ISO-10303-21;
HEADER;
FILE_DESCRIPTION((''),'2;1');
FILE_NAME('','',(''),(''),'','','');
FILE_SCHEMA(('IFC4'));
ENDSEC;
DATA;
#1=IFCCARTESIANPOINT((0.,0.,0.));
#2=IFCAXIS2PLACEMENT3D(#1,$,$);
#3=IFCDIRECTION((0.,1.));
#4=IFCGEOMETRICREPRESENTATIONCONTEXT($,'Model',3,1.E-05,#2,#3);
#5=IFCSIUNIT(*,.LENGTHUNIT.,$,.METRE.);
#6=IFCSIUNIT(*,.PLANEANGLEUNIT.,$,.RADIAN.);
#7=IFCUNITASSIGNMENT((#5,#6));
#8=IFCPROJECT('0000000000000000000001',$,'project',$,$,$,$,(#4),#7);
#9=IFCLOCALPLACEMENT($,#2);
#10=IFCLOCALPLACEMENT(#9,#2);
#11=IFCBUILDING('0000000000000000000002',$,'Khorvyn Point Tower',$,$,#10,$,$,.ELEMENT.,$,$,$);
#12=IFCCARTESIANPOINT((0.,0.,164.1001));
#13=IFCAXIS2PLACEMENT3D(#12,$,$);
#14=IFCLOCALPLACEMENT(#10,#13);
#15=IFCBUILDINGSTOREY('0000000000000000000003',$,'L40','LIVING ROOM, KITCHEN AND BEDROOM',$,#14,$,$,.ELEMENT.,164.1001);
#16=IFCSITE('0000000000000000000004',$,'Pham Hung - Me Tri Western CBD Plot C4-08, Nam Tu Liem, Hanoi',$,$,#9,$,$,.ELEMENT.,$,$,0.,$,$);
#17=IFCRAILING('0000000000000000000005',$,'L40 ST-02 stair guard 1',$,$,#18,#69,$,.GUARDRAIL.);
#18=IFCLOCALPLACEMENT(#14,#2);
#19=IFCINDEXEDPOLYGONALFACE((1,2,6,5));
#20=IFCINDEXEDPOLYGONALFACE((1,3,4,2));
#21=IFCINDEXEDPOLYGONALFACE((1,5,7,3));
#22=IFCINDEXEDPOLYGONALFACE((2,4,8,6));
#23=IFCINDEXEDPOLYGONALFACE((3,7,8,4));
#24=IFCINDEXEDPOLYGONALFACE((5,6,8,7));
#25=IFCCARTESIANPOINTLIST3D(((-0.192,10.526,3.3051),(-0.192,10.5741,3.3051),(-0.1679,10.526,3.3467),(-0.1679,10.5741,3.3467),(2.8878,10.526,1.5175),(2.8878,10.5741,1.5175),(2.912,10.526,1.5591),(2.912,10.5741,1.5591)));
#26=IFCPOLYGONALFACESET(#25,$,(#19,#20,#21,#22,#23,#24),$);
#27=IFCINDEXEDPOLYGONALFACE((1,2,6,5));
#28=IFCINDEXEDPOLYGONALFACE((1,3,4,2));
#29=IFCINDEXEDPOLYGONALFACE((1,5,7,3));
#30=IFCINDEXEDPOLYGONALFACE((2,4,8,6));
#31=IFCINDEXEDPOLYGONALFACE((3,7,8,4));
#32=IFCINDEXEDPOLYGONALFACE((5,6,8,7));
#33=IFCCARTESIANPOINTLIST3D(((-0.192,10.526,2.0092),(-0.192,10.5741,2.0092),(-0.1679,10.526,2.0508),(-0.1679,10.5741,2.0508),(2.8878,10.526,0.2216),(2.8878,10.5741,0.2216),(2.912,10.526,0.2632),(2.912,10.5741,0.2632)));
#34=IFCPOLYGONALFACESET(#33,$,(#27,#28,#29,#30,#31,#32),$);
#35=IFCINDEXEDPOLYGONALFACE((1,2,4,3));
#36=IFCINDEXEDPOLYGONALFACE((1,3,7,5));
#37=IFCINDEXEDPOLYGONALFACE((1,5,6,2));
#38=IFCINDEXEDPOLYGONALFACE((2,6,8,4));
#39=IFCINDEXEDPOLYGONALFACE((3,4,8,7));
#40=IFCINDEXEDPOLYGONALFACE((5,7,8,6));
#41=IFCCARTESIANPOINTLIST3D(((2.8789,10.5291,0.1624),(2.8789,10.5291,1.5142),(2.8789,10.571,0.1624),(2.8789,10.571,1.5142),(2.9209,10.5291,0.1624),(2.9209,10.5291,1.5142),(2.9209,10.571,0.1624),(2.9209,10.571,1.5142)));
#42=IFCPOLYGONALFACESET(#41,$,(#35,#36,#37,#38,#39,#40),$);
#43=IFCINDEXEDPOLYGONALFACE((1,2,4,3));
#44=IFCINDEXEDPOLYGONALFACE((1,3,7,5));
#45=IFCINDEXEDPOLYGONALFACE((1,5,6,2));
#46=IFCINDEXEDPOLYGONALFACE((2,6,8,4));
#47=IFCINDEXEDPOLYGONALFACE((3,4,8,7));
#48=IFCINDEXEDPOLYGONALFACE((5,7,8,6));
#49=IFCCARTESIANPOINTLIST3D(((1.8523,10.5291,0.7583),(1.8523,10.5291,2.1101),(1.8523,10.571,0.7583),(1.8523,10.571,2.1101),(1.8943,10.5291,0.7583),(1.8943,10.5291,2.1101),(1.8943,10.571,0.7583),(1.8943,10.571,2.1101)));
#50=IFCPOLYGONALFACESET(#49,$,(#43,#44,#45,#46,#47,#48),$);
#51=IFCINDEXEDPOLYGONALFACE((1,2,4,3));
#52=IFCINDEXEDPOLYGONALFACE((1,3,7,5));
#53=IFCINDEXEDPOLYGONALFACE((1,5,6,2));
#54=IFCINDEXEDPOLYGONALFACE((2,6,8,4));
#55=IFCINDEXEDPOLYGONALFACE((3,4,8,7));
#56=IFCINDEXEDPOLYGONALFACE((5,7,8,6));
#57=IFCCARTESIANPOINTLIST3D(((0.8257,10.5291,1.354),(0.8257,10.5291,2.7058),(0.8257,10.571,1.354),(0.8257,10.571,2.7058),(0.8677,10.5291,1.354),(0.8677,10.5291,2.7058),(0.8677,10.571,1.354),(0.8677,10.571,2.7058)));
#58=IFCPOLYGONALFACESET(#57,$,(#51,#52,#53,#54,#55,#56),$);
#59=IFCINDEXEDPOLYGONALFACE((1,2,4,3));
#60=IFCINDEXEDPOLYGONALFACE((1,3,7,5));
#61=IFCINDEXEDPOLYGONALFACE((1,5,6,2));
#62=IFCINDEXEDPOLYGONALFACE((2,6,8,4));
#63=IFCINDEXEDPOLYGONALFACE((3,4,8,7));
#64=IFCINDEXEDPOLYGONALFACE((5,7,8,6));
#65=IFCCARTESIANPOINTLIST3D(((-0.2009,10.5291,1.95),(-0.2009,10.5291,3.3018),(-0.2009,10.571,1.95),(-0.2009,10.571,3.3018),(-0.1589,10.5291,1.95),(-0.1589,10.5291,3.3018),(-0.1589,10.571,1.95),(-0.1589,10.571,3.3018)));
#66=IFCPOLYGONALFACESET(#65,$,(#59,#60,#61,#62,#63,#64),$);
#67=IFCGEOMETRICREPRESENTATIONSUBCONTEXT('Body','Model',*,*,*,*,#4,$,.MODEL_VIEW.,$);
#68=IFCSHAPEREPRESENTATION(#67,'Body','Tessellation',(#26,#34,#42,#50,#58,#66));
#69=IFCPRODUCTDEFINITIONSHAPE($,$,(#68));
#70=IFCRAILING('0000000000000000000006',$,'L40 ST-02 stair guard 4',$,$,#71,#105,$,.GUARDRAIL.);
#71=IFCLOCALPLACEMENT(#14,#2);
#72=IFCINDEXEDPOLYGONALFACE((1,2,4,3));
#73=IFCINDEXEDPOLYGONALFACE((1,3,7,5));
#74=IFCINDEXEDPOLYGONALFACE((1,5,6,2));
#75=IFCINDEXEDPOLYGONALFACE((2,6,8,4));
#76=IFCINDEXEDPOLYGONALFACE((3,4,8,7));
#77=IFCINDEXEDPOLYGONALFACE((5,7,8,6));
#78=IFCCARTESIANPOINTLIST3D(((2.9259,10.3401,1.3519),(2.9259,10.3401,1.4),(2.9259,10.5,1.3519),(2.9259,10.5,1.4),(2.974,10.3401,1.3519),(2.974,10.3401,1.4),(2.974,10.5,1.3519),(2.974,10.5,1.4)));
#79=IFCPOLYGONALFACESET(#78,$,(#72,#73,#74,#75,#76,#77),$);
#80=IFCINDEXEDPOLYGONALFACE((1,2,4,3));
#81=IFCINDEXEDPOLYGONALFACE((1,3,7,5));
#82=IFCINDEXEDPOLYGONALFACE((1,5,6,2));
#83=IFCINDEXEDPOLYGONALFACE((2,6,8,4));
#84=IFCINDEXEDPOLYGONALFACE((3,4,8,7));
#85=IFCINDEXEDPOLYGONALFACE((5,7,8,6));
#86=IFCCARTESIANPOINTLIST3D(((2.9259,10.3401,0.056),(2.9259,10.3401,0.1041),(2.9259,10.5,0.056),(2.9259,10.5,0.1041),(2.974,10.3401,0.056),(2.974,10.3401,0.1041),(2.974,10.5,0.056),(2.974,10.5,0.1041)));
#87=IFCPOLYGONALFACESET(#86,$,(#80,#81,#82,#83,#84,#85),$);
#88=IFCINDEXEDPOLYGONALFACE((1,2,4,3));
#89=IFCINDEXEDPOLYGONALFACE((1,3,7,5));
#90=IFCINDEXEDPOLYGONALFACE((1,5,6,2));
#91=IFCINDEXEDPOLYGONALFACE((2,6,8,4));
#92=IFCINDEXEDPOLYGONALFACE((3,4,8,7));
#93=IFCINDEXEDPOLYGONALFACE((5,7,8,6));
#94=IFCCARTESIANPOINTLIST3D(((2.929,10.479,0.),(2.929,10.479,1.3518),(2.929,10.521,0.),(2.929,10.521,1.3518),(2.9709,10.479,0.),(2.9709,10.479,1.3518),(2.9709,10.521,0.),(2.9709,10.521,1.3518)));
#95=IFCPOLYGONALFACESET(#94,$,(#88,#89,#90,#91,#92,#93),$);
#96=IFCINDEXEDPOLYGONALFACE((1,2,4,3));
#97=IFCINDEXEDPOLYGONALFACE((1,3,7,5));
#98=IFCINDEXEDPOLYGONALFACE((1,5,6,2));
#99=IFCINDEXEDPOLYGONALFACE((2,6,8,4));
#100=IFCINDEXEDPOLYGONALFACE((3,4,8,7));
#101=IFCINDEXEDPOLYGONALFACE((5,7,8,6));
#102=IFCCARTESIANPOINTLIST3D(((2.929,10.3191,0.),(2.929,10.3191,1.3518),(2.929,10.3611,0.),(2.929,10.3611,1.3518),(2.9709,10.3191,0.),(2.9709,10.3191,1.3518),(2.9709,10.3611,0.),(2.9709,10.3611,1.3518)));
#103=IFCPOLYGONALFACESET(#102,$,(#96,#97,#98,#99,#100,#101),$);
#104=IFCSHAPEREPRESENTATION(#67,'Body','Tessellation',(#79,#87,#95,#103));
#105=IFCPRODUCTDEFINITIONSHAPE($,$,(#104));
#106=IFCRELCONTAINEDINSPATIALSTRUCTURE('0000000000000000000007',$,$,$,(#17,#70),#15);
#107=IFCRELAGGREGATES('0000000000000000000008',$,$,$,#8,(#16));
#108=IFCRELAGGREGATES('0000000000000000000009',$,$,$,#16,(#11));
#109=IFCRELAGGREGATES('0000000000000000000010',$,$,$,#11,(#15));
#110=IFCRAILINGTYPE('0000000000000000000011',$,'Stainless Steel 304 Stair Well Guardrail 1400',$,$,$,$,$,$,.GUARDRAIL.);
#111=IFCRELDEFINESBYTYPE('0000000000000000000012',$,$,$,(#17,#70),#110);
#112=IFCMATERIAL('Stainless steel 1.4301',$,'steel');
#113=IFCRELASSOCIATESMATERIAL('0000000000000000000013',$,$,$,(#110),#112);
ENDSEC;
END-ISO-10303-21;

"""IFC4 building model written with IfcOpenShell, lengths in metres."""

from ifc_helpers import new_model, si_unit, direction, frame, origin, origin_2d, place, context, subcontext, project, spatial, rectangle, extrude, material, type_object, element, save


model = new_model("IFC4")

# Units and contexts
model_context = context("Model", 3, precision=1e-05, world=origin(), true_north=direction((0.0, 1.0)))
body_context = subcontext(model_context, "Body", "Model", "MODEL_VIEW")
ifc_project = project(units=[si_unit("LENGTHUNIT", "METRE"), si_unit("PLANEANGLEUNIT", "RADIAN")], contexts=[model_context])

# Site, building, storey
site_placement = place(None, origin())
site = spatial("IfcSite", under=ifc_project, at=site_placement, Name="Pham Hung - Me Tri Western CBD Plot C4-08, Nam Tu Liem, Hanoi", CompositionType="ELEMENT", RefElevation=0.0)
building_placement = place(site_placement, origin())
building = spatial("IfcBuilding", under=site, at=building_placement, Name="Khorvyn Point Tower", CompositionType="ELEMENT")
storey_placement = place(building_placement, frame((0.0, 0.0, 164.1001)))
storey = spatial("IfcBuildingStorey", under=building, at=storey_placement, Name="L40", Description="LIVING ROOM, KITCHEN AND BEDROOM", CompositionType="ELEMENT", Elevation=164.1001)

# Shared definitions
ifc_material_1 = material(Name="Stainless steel 1.4301", Category="steel")

# Railings
railing_type_1 = type_object("IfcRailingType", Name="Stainless Steel 304 Stair Well Guardrail 1400", PredefinedType="GUARDRAIL", material=ifc_material_1)
railing_1_placement = place(storey_placement, frame((2.8999, 10.55, 0.1624)))
element("IfcRailing", 1, at=railing_1_placement, inside=storey, type_object=railing_type_1, Name="L40 ST-02 stair guard 1", PredefinedType="GUARDRAIL", context=body_context, shape_type="SweptSolid", body=[
    extrude(rectangle(XDim=0.0481, YDim=0.0481, at=origin_2d()), frame((0.0, 0.0, 1.376), z_axis=(-0.864873, 0.0, 0.50199), x_axis=(0.0, -1.0, 0.0)), (0.0, 0.0, 1.0), 3.561),
    extrude(rectangle(XDim=0.0481, YDim=0.0481, at=origin_2d()), frame((0.0, 0.0, 0.0801), z_axis=(-0.864873, 0.0, 0.50199), x_axis=(0.0, -1.0, 0.0)), (0.0, 0.0, 1.0), 3.561),
    extrude(rectangle(XDim=0.042, YDim=0.042, at=origin_2d()), origin(), (0.0, 0.0, 1.0), 1.3518),
    extrude(rectangle(XDim=0.042, YDim=0.042, at=origin_2d()), frame((-1.0266, 0.0, 0.5959)), (0.0, 0.0, 1.0), 1.3518),
    extrude(rectangle(XDim=0.042, YDim=0.042, at=origin_2d()), frame((-2.0532, 0.0, 1.1917)), (0.0, 0.0, 1.0), 1.3518),
    extrude(rectangle(XDim=0.042, YDim=0.042, at=origin_2d()), frame((-3.0798, 0.0, 1.7876)), (0.0, 0.0, 1.0), 1.3518),
])
railing_2_placement = place(storey_placement, frame((2.95, 10.5, 0.0)))
element("IfcRailing", 2, at=railing_2_placement, inside=storey, type_object=railing_type_1, Name="L40 ST-02 stair guard 4", PredefinedType="GUARDRAIL", context=body_context, shape_type="SweptSolid", body=[
    extrude(rectangle(XDim=0.0481, YDim=0.0481, at=origin_2d()), frame((0.0, 0.0, 1.376), z_axis=(0.0, -1.0, 0.0), x_axis=(1.0, 0.0, 0.0)), (0.0, 0.0, 1.0), 0.1599),
    extrude(rectangle(XDim=0.0481, YDim=0.0481, at=origin_2d()), frame((0.0, 0.0, 0.0801), z_axis=(0.0, -1.0, 0.0), x_axis=(1.0, 0.0, 0.0)), (0.0, 0.0, 1.0), 0.1599),
    extrude(rectangle(XDim=0.042, YDim=0.042, at=origin_2d()), origin(), (0.0, 0.0, 1.0), 1.3518),
    extrude(rectangle(XDim=0.042, YDim=0.042, at=origin_2d()), frame((0.0, -0.1599, 0.0)), (0.0, 0.0, 1.0), 1.3518),
])

save(model, "model.ifc")
